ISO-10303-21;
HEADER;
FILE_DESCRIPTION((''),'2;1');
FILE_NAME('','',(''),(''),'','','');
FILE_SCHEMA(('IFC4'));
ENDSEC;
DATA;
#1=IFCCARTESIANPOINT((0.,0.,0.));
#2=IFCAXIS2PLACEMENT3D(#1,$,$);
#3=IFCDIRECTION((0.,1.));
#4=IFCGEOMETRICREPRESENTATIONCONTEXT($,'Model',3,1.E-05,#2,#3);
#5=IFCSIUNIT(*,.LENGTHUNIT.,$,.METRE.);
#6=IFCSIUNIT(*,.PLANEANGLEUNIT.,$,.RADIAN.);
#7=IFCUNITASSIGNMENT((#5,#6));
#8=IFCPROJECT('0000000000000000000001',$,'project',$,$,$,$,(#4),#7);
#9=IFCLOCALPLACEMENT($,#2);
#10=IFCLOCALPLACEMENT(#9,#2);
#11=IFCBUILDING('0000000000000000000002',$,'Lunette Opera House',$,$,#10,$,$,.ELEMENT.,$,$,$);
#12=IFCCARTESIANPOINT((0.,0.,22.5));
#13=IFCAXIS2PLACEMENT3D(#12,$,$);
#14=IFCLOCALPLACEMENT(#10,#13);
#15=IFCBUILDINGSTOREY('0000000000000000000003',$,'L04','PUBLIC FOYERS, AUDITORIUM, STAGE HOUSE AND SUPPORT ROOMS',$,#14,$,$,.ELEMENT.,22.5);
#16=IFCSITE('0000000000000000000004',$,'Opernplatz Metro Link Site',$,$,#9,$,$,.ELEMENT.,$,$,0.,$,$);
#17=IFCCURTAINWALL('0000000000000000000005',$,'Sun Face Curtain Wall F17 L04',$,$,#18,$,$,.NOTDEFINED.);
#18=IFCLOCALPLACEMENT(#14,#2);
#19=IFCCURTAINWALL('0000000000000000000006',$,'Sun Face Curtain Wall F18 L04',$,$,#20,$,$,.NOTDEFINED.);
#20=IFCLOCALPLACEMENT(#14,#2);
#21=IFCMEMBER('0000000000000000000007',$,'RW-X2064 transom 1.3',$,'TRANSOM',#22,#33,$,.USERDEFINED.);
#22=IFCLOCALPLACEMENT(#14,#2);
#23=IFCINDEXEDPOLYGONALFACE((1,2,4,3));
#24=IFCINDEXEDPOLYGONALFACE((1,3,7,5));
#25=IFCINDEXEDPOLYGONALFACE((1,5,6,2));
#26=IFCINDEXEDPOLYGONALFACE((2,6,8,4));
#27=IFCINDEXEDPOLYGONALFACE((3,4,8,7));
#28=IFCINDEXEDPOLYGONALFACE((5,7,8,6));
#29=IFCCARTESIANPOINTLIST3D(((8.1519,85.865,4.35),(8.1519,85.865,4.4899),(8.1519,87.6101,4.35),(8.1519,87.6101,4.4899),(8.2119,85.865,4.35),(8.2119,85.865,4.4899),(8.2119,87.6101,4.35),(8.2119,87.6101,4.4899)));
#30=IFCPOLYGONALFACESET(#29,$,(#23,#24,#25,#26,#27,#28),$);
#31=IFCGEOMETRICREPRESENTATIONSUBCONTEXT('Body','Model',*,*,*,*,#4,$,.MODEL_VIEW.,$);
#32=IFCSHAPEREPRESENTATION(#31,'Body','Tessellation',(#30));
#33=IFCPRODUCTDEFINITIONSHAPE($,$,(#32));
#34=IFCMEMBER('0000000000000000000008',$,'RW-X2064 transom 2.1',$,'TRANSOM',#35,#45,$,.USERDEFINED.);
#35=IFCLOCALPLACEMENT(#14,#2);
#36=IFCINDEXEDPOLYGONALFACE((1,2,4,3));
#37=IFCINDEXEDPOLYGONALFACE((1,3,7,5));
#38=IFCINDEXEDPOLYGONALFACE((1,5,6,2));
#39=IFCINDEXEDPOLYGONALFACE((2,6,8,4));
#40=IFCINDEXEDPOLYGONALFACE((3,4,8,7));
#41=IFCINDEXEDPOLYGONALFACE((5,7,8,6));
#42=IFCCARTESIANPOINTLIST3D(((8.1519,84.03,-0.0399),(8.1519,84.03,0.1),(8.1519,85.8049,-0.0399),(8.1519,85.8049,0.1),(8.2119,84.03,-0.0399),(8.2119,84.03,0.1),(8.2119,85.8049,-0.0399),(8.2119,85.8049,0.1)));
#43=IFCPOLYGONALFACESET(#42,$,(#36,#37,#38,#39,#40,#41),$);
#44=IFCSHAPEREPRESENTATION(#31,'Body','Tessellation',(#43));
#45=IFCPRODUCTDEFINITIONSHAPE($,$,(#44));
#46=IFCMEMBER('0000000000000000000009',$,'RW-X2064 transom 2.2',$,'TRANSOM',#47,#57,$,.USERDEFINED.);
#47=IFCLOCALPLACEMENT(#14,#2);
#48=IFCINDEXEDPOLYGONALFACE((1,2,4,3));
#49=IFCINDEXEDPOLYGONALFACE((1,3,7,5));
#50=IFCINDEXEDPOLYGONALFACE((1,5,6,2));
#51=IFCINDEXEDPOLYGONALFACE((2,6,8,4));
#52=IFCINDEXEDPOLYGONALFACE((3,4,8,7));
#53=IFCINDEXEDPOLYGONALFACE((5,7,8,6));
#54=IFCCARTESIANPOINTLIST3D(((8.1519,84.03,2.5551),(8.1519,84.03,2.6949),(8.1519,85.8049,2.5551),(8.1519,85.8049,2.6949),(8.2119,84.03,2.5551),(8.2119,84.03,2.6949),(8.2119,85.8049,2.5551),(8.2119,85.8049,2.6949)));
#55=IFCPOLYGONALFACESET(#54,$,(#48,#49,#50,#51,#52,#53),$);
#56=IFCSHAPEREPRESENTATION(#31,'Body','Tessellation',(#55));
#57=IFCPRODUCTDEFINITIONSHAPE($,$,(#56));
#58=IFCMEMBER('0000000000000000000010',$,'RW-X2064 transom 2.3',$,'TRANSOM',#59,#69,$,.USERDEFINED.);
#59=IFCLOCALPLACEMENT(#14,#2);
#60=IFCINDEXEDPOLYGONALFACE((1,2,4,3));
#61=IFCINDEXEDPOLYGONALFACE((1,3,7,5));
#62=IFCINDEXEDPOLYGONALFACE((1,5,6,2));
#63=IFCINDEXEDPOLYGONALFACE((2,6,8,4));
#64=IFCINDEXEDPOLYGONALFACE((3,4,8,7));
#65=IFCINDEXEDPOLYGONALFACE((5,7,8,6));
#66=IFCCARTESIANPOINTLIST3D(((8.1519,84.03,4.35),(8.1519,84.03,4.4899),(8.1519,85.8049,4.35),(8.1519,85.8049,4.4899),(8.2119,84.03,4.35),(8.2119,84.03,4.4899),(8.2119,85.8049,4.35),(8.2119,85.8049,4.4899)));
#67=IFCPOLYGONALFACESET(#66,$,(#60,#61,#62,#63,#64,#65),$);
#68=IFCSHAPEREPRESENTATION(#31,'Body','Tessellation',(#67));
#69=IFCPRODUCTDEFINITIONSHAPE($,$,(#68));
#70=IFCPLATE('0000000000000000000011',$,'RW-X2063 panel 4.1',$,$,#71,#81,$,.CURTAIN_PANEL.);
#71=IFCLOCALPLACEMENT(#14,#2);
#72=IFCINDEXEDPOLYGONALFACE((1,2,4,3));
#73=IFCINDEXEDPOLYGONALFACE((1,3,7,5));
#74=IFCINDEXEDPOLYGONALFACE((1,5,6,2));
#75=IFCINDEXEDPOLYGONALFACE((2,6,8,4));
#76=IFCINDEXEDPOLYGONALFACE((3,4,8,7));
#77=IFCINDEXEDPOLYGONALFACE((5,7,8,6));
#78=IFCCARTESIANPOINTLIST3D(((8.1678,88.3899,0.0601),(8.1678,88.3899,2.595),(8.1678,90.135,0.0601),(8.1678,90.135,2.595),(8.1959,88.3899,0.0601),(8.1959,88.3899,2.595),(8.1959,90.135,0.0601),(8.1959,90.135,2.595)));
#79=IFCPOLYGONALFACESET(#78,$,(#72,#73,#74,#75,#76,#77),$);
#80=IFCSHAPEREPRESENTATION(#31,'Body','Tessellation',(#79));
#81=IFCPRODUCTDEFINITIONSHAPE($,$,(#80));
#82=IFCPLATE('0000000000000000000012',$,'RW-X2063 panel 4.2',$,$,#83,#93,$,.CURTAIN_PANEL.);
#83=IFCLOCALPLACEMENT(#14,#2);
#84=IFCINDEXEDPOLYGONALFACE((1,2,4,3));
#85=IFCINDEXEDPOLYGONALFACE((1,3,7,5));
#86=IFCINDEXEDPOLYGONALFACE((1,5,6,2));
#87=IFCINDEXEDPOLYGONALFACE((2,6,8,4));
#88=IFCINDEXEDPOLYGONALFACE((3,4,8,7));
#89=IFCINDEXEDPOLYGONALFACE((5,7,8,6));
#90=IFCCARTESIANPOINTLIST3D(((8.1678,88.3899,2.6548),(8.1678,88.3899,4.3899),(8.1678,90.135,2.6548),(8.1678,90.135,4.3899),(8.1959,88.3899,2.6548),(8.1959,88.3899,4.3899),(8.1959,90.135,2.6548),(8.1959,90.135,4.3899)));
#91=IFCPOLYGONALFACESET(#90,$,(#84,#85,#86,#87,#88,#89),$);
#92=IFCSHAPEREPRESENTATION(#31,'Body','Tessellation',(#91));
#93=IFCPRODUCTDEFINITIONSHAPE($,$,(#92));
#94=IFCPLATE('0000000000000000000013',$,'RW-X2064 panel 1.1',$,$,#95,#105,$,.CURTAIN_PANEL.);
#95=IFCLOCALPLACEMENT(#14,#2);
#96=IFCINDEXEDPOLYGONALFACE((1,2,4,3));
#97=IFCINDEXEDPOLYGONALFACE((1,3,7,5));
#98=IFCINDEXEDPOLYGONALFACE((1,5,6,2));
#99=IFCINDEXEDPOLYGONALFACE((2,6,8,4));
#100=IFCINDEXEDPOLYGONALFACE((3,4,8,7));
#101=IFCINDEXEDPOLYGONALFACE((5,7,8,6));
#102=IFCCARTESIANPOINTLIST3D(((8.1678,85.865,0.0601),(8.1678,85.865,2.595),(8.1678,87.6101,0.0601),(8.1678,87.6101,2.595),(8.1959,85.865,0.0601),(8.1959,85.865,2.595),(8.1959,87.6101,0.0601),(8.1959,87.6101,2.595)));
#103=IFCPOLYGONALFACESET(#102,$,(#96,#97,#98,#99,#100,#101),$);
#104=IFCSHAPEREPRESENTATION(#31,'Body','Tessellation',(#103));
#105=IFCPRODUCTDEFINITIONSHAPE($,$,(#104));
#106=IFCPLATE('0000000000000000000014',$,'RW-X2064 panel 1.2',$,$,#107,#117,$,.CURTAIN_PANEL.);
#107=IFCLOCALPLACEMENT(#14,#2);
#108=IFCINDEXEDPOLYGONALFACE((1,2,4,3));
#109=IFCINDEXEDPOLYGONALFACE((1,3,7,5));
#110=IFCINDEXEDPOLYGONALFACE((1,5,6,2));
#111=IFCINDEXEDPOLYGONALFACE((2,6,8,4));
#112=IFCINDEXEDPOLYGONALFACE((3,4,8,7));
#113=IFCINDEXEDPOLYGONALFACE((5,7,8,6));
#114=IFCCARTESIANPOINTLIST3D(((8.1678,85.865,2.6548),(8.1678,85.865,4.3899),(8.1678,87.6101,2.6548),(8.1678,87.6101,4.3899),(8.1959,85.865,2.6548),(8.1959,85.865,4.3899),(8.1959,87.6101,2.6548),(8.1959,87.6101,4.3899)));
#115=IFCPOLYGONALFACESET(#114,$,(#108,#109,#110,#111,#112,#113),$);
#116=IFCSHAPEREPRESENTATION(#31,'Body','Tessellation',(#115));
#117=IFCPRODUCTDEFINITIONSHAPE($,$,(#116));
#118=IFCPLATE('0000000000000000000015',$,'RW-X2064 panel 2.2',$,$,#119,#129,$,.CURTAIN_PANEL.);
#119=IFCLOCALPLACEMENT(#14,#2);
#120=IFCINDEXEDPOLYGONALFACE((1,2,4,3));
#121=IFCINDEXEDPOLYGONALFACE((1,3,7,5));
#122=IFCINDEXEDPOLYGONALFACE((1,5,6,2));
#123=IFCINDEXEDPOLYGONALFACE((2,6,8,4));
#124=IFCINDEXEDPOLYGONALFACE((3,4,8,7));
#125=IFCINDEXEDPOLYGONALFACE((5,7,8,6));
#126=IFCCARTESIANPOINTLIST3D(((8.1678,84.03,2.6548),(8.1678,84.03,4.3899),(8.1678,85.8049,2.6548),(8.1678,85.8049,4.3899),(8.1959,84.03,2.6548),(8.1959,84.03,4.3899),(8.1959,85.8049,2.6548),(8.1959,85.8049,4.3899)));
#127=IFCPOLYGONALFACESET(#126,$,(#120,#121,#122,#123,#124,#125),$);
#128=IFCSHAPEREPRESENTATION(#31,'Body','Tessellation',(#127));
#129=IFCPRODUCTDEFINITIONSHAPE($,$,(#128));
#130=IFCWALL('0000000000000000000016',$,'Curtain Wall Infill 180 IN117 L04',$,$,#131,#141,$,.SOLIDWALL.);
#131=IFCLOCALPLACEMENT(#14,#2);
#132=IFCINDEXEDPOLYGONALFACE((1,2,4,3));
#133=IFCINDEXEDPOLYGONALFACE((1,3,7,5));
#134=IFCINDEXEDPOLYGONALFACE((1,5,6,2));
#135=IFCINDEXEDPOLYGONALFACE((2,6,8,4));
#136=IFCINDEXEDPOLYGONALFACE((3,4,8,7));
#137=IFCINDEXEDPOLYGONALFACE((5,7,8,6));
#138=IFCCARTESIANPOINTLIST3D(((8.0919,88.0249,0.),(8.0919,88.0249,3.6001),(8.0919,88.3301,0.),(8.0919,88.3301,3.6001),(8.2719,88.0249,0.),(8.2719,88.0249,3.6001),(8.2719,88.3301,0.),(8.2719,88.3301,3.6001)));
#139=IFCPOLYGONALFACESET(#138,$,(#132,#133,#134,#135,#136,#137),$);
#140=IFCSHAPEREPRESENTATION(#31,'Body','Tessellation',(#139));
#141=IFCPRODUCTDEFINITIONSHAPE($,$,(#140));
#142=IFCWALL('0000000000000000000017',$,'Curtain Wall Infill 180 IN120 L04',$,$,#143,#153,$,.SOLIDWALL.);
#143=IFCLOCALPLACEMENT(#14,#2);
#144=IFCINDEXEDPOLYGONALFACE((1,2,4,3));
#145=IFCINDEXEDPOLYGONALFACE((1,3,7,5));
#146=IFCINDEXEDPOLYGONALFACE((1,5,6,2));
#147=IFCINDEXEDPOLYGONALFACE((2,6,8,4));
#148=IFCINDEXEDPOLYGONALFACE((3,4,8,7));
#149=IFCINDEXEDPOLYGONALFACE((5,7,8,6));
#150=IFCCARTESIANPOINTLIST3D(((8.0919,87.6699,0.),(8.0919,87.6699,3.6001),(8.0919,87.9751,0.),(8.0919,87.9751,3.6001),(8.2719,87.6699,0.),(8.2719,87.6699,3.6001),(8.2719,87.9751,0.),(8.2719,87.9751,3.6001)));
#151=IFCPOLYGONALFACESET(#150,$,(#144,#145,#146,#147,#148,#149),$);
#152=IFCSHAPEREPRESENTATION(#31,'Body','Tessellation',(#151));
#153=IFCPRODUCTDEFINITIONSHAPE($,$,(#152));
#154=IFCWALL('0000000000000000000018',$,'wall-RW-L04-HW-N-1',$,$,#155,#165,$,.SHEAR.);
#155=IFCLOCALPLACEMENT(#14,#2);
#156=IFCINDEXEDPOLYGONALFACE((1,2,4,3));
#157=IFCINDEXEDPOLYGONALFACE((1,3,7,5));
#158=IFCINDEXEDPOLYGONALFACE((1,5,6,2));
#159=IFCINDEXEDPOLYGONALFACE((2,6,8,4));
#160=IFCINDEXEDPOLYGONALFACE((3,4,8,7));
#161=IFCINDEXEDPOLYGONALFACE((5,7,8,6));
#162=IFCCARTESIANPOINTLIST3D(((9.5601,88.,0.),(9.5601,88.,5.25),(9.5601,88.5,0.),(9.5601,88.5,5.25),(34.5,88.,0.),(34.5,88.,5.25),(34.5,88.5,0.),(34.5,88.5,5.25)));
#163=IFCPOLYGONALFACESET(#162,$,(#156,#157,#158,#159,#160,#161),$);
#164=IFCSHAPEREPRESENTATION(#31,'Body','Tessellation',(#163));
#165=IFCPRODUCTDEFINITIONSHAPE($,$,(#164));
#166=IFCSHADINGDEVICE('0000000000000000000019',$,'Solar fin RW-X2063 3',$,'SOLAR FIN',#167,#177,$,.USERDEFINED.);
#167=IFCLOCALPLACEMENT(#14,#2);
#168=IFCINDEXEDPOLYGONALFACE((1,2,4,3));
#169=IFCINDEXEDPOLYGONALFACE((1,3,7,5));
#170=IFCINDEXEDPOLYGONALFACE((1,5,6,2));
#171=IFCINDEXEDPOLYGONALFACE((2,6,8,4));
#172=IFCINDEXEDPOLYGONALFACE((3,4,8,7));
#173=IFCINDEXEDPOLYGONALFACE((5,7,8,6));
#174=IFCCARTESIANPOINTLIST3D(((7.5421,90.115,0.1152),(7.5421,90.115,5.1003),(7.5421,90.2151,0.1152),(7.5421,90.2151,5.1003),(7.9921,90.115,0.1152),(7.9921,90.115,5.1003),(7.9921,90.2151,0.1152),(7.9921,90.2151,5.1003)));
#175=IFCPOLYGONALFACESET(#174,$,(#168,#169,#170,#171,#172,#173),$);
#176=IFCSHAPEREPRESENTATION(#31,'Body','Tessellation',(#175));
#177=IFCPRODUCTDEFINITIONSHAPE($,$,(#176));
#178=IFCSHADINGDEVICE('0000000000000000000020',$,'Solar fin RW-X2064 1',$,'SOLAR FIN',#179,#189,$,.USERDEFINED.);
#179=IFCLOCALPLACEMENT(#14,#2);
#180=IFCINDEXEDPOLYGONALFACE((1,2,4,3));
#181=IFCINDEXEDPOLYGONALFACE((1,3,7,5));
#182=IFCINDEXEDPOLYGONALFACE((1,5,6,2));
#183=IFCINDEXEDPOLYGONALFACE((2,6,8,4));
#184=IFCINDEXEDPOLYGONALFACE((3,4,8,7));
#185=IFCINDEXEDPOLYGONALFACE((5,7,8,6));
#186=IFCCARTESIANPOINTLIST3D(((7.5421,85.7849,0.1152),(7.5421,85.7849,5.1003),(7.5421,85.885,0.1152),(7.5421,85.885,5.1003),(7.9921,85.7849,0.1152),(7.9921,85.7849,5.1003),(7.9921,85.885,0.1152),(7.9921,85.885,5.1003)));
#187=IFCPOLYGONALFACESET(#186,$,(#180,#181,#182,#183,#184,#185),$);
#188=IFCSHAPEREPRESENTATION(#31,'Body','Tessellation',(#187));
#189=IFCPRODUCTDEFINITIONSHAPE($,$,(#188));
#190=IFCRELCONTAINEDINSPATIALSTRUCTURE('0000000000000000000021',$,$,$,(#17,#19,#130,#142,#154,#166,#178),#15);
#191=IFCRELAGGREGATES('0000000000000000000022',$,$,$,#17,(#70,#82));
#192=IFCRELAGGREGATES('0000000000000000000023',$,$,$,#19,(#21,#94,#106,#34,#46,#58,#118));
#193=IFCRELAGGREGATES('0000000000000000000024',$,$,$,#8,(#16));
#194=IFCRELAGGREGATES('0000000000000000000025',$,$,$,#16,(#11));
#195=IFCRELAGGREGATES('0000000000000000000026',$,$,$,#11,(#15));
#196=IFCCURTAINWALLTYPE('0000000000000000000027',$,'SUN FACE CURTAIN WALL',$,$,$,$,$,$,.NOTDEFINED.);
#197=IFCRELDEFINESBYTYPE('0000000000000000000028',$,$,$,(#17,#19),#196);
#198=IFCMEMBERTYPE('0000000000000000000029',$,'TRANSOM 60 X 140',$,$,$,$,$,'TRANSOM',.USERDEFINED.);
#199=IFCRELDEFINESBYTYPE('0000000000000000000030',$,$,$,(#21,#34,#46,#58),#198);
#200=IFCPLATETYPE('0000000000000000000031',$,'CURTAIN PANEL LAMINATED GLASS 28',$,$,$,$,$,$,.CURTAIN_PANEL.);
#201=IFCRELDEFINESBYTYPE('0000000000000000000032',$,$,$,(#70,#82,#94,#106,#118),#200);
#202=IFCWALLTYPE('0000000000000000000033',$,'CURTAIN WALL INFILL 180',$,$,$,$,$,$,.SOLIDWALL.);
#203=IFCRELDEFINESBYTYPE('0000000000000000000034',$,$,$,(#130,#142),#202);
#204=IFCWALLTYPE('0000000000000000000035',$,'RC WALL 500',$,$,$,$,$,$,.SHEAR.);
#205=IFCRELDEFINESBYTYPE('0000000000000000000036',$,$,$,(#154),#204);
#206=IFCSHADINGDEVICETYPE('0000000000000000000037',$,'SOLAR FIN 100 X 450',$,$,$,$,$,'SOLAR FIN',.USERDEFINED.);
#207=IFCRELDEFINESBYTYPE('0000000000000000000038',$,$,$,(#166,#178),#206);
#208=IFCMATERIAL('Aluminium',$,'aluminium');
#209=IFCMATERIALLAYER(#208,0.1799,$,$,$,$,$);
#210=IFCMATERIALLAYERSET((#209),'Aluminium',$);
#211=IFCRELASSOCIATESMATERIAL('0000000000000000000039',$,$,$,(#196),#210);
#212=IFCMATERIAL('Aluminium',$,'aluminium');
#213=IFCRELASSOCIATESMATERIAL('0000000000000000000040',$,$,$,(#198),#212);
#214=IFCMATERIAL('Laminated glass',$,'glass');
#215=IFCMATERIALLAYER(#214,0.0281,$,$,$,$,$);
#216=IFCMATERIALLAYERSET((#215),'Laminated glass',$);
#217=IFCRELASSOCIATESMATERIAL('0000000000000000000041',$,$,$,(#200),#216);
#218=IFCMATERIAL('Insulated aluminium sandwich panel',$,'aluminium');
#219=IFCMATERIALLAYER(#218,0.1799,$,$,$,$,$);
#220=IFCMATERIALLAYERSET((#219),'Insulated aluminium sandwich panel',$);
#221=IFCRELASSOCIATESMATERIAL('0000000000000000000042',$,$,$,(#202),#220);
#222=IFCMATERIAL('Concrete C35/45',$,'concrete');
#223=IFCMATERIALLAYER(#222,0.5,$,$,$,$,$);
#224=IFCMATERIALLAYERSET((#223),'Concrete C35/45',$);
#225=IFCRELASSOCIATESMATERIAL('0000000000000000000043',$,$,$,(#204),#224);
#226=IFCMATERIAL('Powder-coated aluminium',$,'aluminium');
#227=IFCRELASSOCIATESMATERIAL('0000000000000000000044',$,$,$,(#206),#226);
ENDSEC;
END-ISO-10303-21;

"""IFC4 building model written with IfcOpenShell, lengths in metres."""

from ifc_helpers import new_model, si_unit, direction, frame, frame_2d, origin, origin_2d, place, context, subcontext, project, spatial, rectangle, extrude, material, layer, layer_set, material_profile, profile_set, type_object, element, aggregate, save


model = new_model("IFC4")

# Units and contexts
model_context = context("Model", 3, precision=1e-05, world=origin(), true_north=direction((0.0, 1.0)))
body_context = subcontext(model_context, "Body", "Model", "MODEL_VIEW")
ifc_project = project(units=[si_unit("LENGTHUNIT", "METRE"), si_unit("PLANEANGLEUNIT", "RADIAN")], contexts=[model_context])

# Site, building, storey
site_placement = place(None, origin())
site = spatial("IfcSite", under=ifc_project, at=site_placement, Name="Opernplatz Metro Link Site", CompositionType="ELEMENT", RefElevation=0.0)
building_placement = place(site_placement, origin())
building = spatial("IfcBuilding", under=site, at=building_placement, Name="Lunette Opera House", CompositionType="ELEMENT")
storey_placement = place(building_placement, frame((0.0, 0.0, 22.5)))
storey = spatial("IfcBuildingStorey", under=building, at=storey_placement, Name="L04", Description="PUBLIC FOYERS, AUDITORIUM, STAGE HOUSE AND SUPPORT ROOMS", CompositionType="ELEMENT", Elevation=22.5)

# Curtain wall
ifc_material_1 = material(Name="Aluminium", Category="aluminium")
ifc_layer_1 = layer(ifc_material_1, 0.1799)
ifc_layer_set_1 = layer_set([ifc_layer_1], Name="Aluminium")
curtain_wall_type = type_object("IfcCurtainWallType", Name="SUN FACE CURTAIN WALL", PredefinedType="NOTDEFINED", material=ifc_layer_set_1)
curtain_wall_1_placement = place(storey_placement, origin())
curtain_wall_1 = element("IfcCurtainWall", 1, at=curtain_wall_1_placement, inside=storey, type_object=curtain_wall_type, Name="Sun Face Curtain Wall F17 L04", PredefinedType="NOTDEFINED")

# Curtain wall
curtain_wall_2_placement = place(storey_placement, origin())
curtain_wall_2 = element("IfcCurtainWall", 2, at=curtain_wall_2_placement, inside=storey, type_object=curtain_wall_type, Name="Sun Face Curtain Wall F18 L04", PredefinedType="NOTDEFINED")

# Members
ifc_material_2 = material(Name="Aluminium", Category="aluminium")
ifc_material_profile_1 = material_profile(ifc_material_2, rectangle(XDim=0.0601, YDim=0.1399, at=origin_2d()), Name="TRANSOM 60 X 140")
ifc_profile_set_1 = profile_set([ifc_material_profile_1], Name="Aluminium")
member_type_1 = type_object("IfcMemberType", Name="TRANSOM 60 X 140", ElementType="TRANSOM", PredefinedType="USERDEFINED", material=ifc_profile_set_1)
member_1_placement = place(storey_placement, frame((8.1819, 87.6101, 4.4199), z_axis=(0.0, -1.0, 0.0), x_axis=(1.0, 0.0, 0.0)))
member_1 = element("IfcMember", 3, at=member_1_placement, type_object=member_type_1, Name="RW-X2064 transom 1.3", ObjectType="TRANSOM", PredefinedType="USERDEFINED", context=body_context, shape_type="SweptSolid", body=[
    extrude(rectangle(XDim=0.0601, YDim=0.1399, at=origin_2d()), origin(), (0.0, 0.0, 1.0), 1.7451),
])
member_2_placement = place(storey_placement, frame((8.1819, 85.8049, 0.03), z_axis=(0.0, -1.0, 0.0), x_axis=(1.0, 0.0, 0.0)))
member_2 = element("IfcMember", 4, at=member_2_placement, type_object=member_type_1, Name="RW-X2064 transom 2.1", ObjectType="TRANSOM", PredefinedType="USERDEFINED", context=body_context, shape_type="SweptSolid", body=[
    extrude(rectangle(XDim=0.0601, YDim=0.1399, at=origin_2d()), origin(), (0.0, 0.0, 1.0), 1.7749),
])
member_3_placement = place(storey_placement, frame((8.1819, 85.8049, 2.625), z_axis=(0.0, -1.0, 0.0), x_axis=(1.0, 0.0, 0.0)))
member_3 = element("IfcMember", 5, at=member_3_placement, type_object=member_type_1, Name="RW-X2064 transom 2.2", ObjectType="TRANSOM", PredefinedType="USERDEFINED", context=body_context, shape_type="SweptSolid", body=[
    extrude(rectangle(XDim=0.0601, YDim=0.1399, at=origin_2d()), origin(), (0.0, 0.0, 1.0), 1.7749),
])
member_4_placement = place(storey_placement, frame((8.1819, 85.8049, 4.4199), z_axis=(0.0, -1.0, 0.0), x_axis=(1.0, 0.0, 0.0)))
member_4 = element("IfcMember", 6, at=member_4_placement, type_object=member_type_1, Name="RW-X2064 transom 2.3", ObjectType="TRANSOM", PredefinedType="USERDEFINED", context=body_context, shape_type="SweptSolid", body=[
    extrude(rectangle(XDim=0.0601, YDim=0.1399, at=origin_2d()), origin(), (0.0, 0.0, 1.0), 1.7749),
])

# Plates
ifc_material_3 = material(Name="Laminated glass", Category="glass")
ifc_layer_2 = layer(ifc_material_3, 0.0281)
ifc_layer_set_2 = layer_set([ifc_layer_2], Name="Laminated glass")
plate_type = type_object("IfcPlateType", Name="CURTAIN PANEL LAMINATED GLASS 28", PredefinedType="CURTAIN_PANEL", material=ifc_layer_set_2)
plate_1_placement = place(storey_placement, frame((8.1819, 89.2625, 0.0601), z_axis=(0.0, 0.0, 1.0), x_axis=(0.0, -1.0, 0.0)))
plate_1 = element("IfcPlate", 7, at=plate_1_placement, type_object=plate_type, Name="RW-X2063 panel 4.1", PredefinedType="CURTAIN_PANEL", context=body_context, shape_type="SweptSolid", body=[
    extrude(rectangle(XDim=1.7451, YDim=0.0281, at=origin_2d()), origin(), (0.0, 0.0, 1.0), 2.5349),
])
plate_2_placement = place(storey_placement, frame((8.1819, 89.2625, 2.6548), z_axis=(0.0, 0.0, 1.0), x_axis=(0.0, -1.0, 0.0)))
plate_2 = element("IfcPlate", 8, at=plate_2_placement, type_object=plate_type, Name="RW-X2063 panel 4.2", PredefinedType="CURTAIN_PANEL", context=body_context, shape_type="SweptSolid", body=[
    extrude(rectangle(XDim=1.7451, YDim=0.0281, at=origin_2d()), origin(), (0.0, 0.0, 1.0), 1.7351),
])
aggregate(curtain_wall_1, [plate_1, plate_2])
plate_3_placement = place(storey_placement, frame((8.1819, 86.7375, 0.0601), z_axis=(0.0, 0.0, 1.0), x_axis=(0.0, -1.0, 0.0)))
plate_3 = element("IfcPlate", 9, at=plate_3_placement, type_object=plate_type, Name="RW-X2064 panel 1.1", PredefinedType="CURTAIN_PANEL", context=body_context, shape_type="SweptSolid", body=[
    extrude(rectangle(XDim=1.7451, YDim=0.0281, at=origin_2d()), origin(), (0.0, 0.0, 1.0), 2.5349),
])
plate_4_placement = place(storey_placement, frame((8.1819, 86.7375, 2.6548), z_axis=(0.0, 0.0, 1.0), x_axis=(0.0, -1.0, 0.0)))
plate_4 = element("IfcPlate", 10, at=plate_4_placement, type_object=plate_type, Name="RW-X2064 panel 1.2", PredefinedType="CURTAIN_PANEL", context=body_context, shape_type="SweptSolid", body=[
    extrude(rectangle(XDim=1.7451, YDim=0.0281, at=origin_2d()), origin(), (0.0, 0.0, 1.0), 1.7351),
])
plate_5_placement = place(storey_placement, frame((8.1819, 84.9175, 2.6548), z_axis=(0.0, 0.0, 1.0), x_axis=(0.0, -1.0, 0.0)))
plate_5 = element("IfcPlate", 11, at=plate_5_placement, type_object=plate_type, Name="RW-X2064 panel 2.2", PredefinedType="CURTAIN_PANEL", context=body_context, shape_type="SweptSolid", body=[
    extrude(rectangle(XDim=1.7749, YDim=0.0281, at=origin_2d()), origin(), (0.0, 0.0, 1.0), 1.7351),
])
aggregate(curtain_wall_2, [member_1, plate_3, plate_4, member_2, member_3, member_4, plate_5])

# Walls
ifc_material_4 = material(Name="Insulated aluminium sandwich panel", Category="aluminium")
ifc_layer_3 = layer(ifc_material_4, 0.1799)
ifc_layer_set_3 = layer_set([ifc_layer_3], Name="Insulated aluminium sandwich panel")
wall_type_1 = type_object("IfcWallType", Name="CURTAIN WALL INFILL 180", PredefinedType="SOLIDWALL", material=ifc_layer_set_3)
for number, where, z_axis, x_axis, name in (
    (12, (8.1819, 88.3301, 0.0), (0.0, 0.0, 1.0), (0.0, -1.0, 0.0), "Curtain Wall Infill 180 IN117 L04"),
    (13, (8.1819, 87.6699, 0.0), (0.0, 0.0, 1.0), (0.0, 1.0, 0.0), "Curtain Wall Infill 180 IN120 L04"),
):
    element("IfcWall", number, at=place(storey_placement, frame(where, z_axis=z_axis, x_axis=x_axis)), inside=storey, type_object=wall_type_1, Name=name, PredefinedType="SOLIDWALL", context=body_context, shape_type="SweptSolid", body=[
        extrude(rectangle(XDim=0.3052, YDim=0.1799, at=frame_2d((0.1526, 0.0))), origin(), (0.0, 0.0, 1.0), 3.6001),
    ])
ifc_material_5 = material(Name="Concrete C35/45", Category="concrete")
ifc_layer_4 = layer(ifc_material_5, 0.5)
ifc_layer_set_4 = layer_set([ifc_layer_4], Name="Concrete C35/45")
wall_type_2 = type_object("IfcWallType", Name="RC WALL 500", PredefinedType="SHEAR", material=ifc_layer_set_4)
wall_placement = place(storey_placement, frame((9.5601, 88.25, 0.0), z_axis=(0.0, 0.0, 1.0), x_axis=(1.0, 0.0, 0.0)))
element("IfcWall", 14, at=wall_placement, inside=storey, type_object=wall_type_2, Name="wall-RW-L04-HW-N-1", PredefinedType="SHEAR", context=body_context, shape_type="SweptSolid", body=[
    extrude(rectangle(XDim=24.9399, YDim=0.5, at=frame_2d((12.47, 0.0))), origin(), (0.0, 0.0, 1.0), 5.25),
])

# Shading devices
ifc_material_6 = material(Name="Powder-coated aluminium", Category="aluminium")
shading_device_type = type_object("IfcShadingDeviceType", Name="SOLAR FIN 100 X 450", ElementType="SOLAR FIN", PredefinedType="USERDEFINED", material=ifc_material_6)
for number, where, z_axis, x_axis, name in (
    (15, (7.7671, 90.165, 0.1152), (0.0, 0.0, 1.0), (-1.0, 0.0, 0.0), "Solar fin RW-X2063 3"),
    (16, (7.7671, 85.835, 0.1152), (0.0, 0.0, 1.0), (-1.0, 0.0, 0.0), "Solar fin RW-X2064 1"),
):
    element("IfcShadingDevice", number, at=place(storey_placement, frame(where, z_axis=z_axis, x_axis=x_axis)), inside=storey, type_object=shading_device_type, Name=name, ObjectType="SOLAR FIN", PredefinedType="USERDEFINED", context=body_context, shape_type="SweptSolid", body=[
        extrude(rectangle(XDim=0.45, YDim=0.1001, at=origin_2d()), origin(), (0.0, 0.0, 1.0), 4.9851),
    ])

save(model, "model.ifc")
